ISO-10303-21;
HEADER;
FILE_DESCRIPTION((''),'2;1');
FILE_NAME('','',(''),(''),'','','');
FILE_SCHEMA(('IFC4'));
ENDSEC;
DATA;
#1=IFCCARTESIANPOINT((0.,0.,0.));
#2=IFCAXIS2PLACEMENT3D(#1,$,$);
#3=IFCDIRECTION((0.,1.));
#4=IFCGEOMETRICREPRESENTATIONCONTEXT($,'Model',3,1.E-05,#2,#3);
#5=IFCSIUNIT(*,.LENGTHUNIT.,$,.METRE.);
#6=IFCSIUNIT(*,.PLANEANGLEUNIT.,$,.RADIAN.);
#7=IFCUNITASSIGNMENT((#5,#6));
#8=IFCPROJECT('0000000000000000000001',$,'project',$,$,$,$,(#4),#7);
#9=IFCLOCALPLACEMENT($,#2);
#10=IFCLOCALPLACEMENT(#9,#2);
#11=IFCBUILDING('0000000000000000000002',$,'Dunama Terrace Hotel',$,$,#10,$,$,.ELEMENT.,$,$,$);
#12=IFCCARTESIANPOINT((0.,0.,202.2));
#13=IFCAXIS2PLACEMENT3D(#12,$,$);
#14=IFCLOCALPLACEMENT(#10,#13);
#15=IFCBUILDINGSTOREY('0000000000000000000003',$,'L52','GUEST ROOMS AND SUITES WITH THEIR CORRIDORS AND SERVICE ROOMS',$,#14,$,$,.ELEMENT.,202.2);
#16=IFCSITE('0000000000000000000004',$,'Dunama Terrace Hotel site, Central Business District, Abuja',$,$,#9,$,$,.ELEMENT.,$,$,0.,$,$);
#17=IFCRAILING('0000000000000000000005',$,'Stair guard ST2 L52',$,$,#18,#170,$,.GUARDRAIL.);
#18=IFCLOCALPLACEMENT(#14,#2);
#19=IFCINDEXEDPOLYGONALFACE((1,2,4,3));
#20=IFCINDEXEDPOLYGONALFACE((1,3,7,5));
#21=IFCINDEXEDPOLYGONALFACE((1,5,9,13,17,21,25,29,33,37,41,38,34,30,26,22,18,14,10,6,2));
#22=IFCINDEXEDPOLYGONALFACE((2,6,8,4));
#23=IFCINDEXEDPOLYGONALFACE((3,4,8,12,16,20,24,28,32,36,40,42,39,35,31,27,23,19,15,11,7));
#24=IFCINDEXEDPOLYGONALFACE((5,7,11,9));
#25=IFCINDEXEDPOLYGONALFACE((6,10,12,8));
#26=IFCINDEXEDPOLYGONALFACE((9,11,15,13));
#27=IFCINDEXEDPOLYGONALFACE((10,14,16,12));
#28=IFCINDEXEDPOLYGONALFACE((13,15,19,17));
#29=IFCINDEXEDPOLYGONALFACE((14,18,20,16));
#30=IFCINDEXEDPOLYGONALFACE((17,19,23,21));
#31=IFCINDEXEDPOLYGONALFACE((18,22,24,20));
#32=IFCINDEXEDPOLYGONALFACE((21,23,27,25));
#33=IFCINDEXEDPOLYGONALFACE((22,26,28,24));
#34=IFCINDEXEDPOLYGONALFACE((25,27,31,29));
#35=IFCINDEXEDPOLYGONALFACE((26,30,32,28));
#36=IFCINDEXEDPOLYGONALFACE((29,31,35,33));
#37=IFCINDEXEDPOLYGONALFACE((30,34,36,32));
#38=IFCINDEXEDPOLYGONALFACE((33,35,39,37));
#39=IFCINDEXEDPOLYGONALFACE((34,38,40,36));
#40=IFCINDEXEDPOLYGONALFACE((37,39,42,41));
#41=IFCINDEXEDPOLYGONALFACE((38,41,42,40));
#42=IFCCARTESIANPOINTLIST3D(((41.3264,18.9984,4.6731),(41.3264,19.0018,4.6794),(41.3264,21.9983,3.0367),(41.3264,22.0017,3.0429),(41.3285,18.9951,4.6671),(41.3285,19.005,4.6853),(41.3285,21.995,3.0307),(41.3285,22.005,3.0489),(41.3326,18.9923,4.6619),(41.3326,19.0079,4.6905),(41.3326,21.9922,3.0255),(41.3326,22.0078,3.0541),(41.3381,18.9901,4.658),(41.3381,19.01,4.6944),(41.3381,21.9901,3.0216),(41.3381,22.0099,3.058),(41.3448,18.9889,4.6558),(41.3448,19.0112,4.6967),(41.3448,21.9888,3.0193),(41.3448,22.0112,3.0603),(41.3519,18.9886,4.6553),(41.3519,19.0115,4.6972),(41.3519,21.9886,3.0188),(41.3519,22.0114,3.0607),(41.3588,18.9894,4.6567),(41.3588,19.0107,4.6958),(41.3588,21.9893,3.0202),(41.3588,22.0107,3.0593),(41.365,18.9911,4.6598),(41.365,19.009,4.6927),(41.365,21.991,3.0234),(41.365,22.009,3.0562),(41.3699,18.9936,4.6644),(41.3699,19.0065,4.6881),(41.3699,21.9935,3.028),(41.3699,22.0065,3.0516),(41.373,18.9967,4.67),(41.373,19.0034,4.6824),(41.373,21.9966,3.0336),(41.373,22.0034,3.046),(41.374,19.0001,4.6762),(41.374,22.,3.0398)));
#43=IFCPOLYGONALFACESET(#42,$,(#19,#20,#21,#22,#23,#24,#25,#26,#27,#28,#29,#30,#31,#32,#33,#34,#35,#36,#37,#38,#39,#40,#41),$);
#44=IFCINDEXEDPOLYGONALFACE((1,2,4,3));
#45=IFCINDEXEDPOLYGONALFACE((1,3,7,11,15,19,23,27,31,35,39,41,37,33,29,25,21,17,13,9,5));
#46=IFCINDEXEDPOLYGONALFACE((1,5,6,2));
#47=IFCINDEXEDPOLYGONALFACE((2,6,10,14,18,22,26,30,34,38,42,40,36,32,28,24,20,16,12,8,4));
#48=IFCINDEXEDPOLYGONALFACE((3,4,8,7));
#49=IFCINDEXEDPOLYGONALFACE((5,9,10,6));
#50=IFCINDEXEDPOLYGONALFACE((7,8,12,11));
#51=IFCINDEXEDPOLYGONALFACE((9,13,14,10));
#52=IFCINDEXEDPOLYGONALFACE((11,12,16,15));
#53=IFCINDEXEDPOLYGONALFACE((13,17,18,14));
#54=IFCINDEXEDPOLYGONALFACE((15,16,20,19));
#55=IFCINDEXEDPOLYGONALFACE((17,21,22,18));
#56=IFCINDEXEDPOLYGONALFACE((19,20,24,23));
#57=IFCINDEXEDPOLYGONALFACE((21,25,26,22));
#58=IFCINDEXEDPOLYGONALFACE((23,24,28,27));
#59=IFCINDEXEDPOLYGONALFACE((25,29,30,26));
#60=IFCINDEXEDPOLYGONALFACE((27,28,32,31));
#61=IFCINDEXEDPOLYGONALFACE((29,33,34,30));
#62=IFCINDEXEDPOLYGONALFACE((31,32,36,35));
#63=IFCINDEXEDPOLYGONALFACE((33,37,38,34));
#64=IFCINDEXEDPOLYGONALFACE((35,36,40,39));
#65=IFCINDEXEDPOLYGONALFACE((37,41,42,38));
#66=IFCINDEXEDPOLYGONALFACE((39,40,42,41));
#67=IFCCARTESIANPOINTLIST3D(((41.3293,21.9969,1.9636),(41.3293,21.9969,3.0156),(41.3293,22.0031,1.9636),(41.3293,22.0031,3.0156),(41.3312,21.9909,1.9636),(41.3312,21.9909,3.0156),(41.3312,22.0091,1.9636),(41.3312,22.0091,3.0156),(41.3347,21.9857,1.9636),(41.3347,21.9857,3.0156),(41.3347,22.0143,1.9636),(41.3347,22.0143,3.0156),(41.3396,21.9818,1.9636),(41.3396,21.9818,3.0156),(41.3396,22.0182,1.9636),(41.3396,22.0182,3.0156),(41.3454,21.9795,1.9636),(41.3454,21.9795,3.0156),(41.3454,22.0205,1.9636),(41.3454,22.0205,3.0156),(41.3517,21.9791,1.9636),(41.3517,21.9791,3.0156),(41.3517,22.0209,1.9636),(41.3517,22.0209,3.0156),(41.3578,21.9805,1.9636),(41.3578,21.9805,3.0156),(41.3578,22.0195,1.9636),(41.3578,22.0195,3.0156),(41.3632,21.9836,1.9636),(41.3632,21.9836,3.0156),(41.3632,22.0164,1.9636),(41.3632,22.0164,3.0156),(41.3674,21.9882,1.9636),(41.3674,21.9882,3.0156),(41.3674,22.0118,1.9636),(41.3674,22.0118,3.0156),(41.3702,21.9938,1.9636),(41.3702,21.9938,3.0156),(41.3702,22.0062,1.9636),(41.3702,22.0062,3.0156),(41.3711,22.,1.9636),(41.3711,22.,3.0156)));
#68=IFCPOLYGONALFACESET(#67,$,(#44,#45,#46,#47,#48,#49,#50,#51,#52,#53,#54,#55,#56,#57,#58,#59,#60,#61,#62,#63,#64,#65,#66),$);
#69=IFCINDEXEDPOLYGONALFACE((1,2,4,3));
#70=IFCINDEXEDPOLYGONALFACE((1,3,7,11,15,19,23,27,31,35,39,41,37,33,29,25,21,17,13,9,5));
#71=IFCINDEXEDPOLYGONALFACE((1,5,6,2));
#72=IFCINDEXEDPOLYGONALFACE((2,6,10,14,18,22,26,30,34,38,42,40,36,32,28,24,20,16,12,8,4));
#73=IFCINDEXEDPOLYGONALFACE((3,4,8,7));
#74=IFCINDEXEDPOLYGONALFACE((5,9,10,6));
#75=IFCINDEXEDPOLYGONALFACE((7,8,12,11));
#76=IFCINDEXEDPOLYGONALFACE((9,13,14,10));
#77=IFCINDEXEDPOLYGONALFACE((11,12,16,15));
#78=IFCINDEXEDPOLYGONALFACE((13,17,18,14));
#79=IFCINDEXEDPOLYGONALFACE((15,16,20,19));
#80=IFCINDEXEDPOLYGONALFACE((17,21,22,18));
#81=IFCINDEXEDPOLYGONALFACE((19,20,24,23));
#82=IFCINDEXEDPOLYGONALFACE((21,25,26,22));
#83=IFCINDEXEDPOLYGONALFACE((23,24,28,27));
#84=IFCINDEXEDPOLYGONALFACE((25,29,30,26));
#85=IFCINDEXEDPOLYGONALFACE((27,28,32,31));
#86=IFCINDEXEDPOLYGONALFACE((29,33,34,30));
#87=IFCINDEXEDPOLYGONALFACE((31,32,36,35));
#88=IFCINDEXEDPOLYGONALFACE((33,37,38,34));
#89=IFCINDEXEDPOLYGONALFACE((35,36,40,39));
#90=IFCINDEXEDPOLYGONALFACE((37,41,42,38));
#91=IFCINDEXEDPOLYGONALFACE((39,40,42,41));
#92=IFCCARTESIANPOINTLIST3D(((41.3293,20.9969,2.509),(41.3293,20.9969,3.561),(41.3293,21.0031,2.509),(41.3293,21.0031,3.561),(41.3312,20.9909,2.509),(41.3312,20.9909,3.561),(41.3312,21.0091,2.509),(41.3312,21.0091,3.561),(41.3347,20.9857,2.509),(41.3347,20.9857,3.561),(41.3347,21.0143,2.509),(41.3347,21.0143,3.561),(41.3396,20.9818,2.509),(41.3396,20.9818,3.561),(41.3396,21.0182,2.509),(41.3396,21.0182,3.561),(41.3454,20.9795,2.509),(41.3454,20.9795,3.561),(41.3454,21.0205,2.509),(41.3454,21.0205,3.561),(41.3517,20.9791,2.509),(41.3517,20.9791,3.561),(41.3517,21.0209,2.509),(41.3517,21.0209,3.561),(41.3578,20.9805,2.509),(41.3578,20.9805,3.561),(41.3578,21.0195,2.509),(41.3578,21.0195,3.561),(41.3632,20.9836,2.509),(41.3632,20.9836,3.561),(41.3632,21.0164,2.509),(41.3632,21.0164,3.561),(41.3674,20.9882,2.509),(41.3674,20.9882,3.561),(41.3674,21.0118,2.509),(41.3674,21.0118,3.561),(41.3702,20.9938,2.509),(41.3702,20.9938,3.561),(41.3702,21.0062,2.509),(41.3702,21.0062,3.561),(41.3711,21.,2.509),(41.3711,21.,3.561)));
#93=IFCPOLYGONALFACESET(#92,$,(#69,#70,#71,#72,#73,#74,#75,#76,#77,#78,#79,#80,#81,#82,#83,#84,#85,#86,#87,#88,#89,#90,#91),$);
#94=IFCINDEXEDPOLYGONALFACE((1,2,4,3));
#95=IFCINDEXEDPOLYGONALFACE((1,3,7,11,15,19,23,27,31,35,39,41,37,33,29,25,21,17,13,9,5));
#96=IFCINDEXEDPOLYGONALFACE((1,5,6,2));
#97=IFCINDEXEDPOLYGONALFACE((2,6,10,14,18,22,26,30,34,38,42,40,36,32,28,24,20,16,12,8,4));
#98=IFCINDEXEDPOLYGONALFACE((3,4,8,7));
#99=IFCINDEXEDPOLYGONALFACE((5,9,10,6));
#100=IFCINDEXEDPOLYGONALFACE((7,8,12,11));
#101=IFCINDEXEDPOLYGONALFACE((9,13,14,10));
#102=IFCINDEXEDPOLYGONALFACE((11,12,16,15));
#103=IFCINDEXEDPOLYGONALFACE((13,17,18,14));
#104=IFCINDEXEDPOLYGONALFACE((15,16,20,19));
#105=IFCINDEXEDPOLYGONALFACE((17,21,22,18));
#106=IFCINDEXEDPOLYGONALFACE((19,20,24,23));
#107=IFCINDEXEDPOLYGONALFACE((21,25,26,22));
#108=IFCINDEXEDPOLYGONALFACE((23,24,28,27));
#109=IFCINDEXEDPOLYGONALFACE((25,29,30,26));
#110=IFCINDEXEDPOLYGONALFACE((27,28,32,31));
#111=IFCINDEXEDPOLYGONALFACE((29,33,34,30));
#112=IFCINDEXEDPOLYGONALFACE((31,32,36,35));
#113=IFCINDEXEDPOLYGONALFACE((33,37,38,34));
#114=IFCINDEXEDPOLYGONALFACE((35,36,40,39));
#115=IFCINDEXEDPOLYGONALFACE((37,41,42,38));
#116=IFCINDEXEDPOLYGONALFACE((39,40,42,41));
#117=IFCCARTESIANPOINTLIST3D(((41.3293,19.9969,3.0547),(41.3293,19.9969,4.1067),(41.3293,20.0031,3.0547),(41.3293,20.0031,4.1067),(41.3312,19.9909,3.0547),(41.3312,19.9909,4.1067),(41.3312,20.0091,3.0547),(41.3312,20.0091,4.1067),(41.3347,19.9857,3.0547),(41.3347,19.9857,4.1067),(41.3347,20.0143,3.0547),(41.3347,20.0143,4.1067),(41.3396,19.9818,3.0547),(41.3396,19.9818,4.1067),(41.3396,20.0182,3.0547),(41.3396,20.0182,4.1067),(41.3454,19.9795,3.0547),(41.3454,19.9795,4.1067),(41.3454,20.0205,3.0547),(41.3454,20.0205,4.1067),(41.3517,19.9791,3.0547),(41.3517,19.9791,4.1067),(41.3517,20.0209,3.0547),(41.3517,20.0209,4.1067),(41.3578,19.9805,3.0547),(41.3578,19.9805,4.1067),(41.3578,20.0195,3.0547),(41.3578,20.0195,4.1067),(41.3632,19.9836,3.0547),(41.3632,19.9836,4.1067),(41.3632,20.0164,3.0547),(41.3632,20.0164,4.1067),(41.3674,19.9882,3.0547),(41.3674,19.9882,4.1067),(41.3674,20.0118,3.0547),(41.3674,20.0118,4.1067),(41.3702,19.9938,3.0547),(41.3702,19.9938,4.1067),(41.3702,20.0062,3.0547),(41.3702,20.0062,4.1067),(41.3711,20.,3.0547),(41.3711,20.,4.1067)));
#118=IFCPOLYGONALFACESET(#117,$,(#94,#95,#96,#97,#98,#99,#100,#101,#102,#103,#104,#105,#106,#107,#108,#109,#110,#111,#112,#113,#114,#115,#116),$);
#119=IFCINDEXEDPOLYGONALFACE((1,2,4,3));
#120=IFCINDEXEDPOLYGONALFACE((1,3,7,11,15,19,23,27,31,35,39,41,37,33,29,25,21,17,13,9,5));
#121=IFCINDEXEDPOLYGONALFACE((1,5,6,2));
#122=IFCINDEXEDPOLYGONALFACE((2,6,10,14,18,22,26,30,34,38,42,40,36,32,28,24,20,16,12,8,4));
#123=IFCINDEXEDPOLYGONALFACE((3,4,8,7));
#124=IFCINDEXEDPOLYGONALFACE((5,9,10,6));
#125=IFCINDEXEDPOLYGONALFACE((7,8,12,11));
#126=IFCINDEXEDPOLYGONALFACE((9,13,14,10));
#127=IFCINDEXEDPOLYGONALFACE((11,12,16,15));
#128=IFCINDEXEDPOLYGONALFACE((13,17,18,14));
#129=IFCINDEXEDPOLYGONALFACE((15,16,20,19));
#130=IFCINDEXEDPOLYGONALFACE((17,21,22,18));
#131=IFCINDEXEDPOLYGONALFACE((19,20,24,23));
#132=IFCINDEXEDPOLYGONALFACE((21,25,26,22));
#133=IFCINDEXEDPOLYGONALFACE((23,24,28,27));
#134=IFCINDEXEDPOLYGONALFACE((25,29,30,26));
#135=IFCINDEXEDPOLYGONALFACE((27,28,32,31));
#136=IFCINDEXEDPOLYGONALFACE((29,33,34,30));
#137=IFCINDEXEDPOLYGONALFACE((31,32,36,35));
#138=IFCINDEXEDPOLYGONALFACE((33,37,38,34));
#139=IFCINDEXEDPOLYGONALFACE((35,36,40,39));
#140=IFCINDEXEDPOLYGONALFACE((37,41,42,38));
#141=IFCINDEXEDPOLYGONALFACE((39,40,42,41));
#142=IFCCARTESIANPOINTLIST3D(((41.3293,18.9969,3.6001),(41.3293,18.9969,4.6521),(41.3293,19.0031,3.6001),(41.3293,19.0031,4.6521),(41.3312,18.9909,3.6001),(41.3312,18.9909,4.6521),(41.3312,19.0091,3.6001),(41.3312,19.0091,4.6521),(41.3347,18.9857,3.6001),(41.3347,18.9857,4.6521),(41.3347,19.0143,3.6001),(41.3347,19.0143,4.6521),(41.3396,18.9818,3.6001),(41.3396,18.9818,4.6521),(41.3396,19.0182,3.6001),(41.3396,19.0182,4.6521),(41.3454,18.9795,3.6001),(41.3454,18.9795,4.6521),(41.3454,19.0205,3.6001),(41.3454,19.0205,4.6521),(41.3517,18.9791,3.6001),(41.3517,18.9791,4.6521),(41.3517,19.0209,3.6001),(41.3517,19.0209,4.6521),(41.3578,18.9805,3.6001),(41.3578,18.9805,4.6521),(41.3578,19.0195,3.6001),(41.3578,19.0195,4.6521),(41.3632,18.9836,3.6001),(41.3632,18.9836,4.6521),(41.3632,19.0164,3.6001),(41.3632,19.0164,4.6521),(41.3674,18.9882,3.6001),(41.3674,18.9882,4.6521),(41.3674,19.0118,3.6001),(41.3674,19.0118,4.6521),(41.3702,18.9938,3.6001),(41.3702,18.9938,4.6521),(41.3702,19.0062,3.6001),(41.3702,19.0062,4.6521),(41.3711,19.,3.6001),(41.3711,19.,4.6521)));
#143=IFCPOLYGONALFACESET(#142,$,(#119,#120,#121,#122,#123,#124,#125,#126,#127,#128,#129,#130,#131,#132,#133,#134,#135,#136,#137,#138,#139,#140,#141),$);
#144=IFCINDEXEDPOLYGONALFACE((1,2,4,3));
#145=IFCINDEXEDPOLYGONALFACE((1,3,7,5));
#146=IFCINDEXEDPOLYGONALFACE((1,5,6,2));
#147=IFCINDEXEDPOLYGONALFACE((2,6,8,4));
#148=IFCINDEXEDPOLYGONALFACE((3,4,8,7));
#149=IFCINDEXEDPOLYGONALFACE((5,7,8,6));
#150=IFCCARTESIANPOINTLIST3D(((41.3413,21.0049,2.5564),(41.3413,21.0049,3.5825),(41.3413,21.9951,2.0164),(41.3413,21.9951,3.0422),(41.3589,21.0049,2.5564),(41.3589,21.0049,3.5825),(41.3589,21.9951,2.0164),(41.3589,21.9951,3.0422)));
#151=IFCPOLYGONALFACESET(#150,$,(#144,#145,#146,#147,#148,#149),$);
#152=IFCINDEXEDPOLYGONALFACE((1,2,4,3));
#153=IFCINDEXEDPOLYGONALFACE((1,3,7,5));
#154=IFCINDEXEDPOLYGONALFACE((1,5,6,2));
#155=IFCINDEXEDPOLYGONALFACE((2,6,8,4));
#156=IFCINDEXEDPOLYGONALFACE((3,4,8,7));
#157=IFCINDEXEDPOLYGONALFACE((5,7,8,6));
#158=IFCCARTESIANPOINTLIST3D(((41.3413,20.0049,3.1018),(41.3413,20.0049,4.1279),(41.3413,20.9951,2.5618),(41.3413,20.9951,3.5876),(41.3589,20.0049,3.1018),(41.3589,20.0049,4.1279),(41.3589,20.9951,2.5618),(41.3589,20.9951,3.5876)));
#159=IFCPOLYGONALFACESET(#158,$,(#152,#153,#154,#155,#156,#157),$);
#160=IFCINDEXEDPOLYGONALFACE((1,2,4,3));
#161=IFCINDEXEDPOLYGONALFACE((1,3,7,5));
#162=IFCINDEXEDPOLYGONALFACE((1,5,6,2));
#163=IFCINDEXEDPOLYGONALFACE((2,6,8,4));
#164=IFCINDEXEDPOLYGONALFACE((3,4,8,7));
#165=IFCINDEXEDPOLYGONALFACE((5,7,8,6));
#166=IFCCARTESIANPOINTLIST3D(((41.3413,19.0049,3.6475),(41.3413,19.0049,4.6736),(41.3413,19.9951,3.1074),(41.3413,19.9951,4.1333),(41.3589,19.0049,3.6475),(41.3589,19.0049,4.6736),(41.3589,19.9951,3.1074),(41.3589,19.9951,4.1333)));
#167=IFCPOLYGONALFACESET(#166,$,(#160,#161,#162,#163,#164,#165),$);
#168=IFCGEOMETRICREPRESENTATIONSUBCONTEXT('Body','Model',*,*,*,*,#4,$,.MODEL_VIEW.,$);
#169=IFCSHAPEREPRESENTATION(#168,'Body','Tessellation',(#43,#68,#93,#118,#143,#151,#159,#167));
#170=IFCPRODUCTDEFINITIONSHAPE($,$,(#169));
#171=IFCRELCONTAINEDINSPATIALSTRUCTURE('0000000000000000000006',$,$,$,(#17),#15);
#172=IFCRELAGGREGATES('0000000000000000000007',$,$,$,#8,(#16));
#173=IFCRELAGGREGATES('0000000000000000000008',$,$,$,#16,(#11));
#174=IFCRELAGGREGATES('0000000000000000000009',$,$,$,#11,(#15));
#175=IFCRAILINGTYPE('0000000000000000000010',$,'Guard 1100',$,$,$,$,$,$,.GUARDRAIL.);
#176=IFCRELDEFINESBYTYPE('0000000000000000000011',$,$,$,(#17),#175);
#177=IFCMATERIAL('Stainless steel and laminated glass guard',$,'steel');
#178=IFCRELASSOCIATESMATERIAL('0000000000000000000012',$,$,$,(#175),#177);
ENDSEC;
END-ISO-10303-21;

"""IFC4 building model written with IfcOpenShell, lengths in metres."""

from ifc_helpers import new_model, si_unit, direction, frame, origin, origin_2d, place, context, subcontext, project, spatial, polyline, circle, outline, extrude, material, type_object, element, save


model = new_model("IFC4")

# Units and contexts
model_context = context("Model", 3, precision=1e-05, world=origin(), true_north=direction((0.0, 1.0)))
body_context = subcontext(model_context, "Body", "Model", "MODEL_VIEW")
ifc_project = project(units=[si_unit("LENGTHUNIT", "METRE"), si_unit("PLANEANGLEUNIT", "RADIAN")], contexts=[model_context])

# Site, building, storey
site_placement = place(None, origin())
site = spatial("IfcSite", under=ifc_project, at=site_placement, Name="Dunama Terrace Hotel site, Central Business District, Abuja", CompositionType="ELEMENT", RefElevation=0.0)
building_placement = place(site_placement, origin())
building = spatial("IfcBuilding", under=site, at=building_placement, Name="Dunama Terrace Hotel", CompositionType="ELEMENT")
storey_placement = place(building_placement, frame((0.0, 0.0, 202.2)))
storey = spatial("IfcBuildingStorey", under=building, at=storey_placement, Name="L52", Description="GUEST ROOMS AND SUITES WITH THEIR CORRIDORS AND SERVICE ROOMS", CompositionType="ELEMENT", Elevation=202.2)

# Railing
ifc_material_1 = material(Name="Stainless steel and laminated glass guard", Category="steel")
railing_type_1 = type_object("IfcRailingType", Name="Guard 1100", PredefinedType="GUARDRAIL", material=ifc_material_1)
railing_1_placement = place(storey_placement, frame((41.3501, 22.0, 1.9636)))
element("IfcRailing", 1, at=railing_1_placement, inside=storey, type_object=railing_type_1, Name="Stair guard ST2 L52", PredefinedType="GUARDRAIL", context=body_context, shape_type="SweptSolid", body=[
    extrude(circle(Radius=0.0239, at=origin_2d()), frame((0.0, 0.0, 1.0762), z_axis=(0.0, -0.877882, 0.478877), x_axis=(1.0, 0.0, 0.0)), (0.0, 0.0, 1.0), 3.4172),
    extrude(circle(Radius=0.021, at=origin_2d()), origin(), (0.0, 0.0, 1.0), 1.052),
    extrude(circle(Radius=0.021, at=origin_2d()), frame((0.0, -1.0, 0.5454)), (0.0, 0.0, 1.0), 1.052),
    extrude(circle(Radius=0.021, at=origin_2d()), frame((0.0, -2.0, 1.0911)), (0.0, 0.0, 1.0), 1.052),
    extrude(circle(Radius=0.021, at=origin_2d()), frame((0.0, -3.0, 1.6365)), (0.0, 0.0, 1.0), 1.052),
    extrude(outline(polyline([(0.0049, 0.0527), (0.9951, 0.5928), (0.9951, 1.6189), (0.0049, 1.0786), (0.0049, 0.0527)])), frame((0.0088, 0.0, 0.0), z_axis=(-1.0, 0.0, 0.0), x_axis=(0.0, -1.0, 0.0)), (0.0, 0.0, 1.0), 0.0176),
    extrude(outline(polyline([(0.0049, 0.0527), (0.9951, 0.5928), (0.9951, 1.6189), (0.0049, 1.0786), (0.0049, 0.0527)])), frame((0.0088, -1.0, 0.5454), z_axis=(-1.0, 0.0, 0.0), x_axis=(0.0, -1.0, 0.0)), (0.0, 0.0, 1.0), 0.0176),
    extrude(outline(polyline([(0.0049, 0.0527), (0.9951, 0.5928), (0.9951, 1.6189), (0.0049, 1.0786), (0.0049, 0.0527)])), frame((0.0088, -2.0, 1.0911), z_axis=(-1.0, 0.0, 0.0), x_axis=(0.0, -1.0, 0.0)), (0.0, 0.0, 1.0), 0.0176),
])

save(model, "model.ifc")
